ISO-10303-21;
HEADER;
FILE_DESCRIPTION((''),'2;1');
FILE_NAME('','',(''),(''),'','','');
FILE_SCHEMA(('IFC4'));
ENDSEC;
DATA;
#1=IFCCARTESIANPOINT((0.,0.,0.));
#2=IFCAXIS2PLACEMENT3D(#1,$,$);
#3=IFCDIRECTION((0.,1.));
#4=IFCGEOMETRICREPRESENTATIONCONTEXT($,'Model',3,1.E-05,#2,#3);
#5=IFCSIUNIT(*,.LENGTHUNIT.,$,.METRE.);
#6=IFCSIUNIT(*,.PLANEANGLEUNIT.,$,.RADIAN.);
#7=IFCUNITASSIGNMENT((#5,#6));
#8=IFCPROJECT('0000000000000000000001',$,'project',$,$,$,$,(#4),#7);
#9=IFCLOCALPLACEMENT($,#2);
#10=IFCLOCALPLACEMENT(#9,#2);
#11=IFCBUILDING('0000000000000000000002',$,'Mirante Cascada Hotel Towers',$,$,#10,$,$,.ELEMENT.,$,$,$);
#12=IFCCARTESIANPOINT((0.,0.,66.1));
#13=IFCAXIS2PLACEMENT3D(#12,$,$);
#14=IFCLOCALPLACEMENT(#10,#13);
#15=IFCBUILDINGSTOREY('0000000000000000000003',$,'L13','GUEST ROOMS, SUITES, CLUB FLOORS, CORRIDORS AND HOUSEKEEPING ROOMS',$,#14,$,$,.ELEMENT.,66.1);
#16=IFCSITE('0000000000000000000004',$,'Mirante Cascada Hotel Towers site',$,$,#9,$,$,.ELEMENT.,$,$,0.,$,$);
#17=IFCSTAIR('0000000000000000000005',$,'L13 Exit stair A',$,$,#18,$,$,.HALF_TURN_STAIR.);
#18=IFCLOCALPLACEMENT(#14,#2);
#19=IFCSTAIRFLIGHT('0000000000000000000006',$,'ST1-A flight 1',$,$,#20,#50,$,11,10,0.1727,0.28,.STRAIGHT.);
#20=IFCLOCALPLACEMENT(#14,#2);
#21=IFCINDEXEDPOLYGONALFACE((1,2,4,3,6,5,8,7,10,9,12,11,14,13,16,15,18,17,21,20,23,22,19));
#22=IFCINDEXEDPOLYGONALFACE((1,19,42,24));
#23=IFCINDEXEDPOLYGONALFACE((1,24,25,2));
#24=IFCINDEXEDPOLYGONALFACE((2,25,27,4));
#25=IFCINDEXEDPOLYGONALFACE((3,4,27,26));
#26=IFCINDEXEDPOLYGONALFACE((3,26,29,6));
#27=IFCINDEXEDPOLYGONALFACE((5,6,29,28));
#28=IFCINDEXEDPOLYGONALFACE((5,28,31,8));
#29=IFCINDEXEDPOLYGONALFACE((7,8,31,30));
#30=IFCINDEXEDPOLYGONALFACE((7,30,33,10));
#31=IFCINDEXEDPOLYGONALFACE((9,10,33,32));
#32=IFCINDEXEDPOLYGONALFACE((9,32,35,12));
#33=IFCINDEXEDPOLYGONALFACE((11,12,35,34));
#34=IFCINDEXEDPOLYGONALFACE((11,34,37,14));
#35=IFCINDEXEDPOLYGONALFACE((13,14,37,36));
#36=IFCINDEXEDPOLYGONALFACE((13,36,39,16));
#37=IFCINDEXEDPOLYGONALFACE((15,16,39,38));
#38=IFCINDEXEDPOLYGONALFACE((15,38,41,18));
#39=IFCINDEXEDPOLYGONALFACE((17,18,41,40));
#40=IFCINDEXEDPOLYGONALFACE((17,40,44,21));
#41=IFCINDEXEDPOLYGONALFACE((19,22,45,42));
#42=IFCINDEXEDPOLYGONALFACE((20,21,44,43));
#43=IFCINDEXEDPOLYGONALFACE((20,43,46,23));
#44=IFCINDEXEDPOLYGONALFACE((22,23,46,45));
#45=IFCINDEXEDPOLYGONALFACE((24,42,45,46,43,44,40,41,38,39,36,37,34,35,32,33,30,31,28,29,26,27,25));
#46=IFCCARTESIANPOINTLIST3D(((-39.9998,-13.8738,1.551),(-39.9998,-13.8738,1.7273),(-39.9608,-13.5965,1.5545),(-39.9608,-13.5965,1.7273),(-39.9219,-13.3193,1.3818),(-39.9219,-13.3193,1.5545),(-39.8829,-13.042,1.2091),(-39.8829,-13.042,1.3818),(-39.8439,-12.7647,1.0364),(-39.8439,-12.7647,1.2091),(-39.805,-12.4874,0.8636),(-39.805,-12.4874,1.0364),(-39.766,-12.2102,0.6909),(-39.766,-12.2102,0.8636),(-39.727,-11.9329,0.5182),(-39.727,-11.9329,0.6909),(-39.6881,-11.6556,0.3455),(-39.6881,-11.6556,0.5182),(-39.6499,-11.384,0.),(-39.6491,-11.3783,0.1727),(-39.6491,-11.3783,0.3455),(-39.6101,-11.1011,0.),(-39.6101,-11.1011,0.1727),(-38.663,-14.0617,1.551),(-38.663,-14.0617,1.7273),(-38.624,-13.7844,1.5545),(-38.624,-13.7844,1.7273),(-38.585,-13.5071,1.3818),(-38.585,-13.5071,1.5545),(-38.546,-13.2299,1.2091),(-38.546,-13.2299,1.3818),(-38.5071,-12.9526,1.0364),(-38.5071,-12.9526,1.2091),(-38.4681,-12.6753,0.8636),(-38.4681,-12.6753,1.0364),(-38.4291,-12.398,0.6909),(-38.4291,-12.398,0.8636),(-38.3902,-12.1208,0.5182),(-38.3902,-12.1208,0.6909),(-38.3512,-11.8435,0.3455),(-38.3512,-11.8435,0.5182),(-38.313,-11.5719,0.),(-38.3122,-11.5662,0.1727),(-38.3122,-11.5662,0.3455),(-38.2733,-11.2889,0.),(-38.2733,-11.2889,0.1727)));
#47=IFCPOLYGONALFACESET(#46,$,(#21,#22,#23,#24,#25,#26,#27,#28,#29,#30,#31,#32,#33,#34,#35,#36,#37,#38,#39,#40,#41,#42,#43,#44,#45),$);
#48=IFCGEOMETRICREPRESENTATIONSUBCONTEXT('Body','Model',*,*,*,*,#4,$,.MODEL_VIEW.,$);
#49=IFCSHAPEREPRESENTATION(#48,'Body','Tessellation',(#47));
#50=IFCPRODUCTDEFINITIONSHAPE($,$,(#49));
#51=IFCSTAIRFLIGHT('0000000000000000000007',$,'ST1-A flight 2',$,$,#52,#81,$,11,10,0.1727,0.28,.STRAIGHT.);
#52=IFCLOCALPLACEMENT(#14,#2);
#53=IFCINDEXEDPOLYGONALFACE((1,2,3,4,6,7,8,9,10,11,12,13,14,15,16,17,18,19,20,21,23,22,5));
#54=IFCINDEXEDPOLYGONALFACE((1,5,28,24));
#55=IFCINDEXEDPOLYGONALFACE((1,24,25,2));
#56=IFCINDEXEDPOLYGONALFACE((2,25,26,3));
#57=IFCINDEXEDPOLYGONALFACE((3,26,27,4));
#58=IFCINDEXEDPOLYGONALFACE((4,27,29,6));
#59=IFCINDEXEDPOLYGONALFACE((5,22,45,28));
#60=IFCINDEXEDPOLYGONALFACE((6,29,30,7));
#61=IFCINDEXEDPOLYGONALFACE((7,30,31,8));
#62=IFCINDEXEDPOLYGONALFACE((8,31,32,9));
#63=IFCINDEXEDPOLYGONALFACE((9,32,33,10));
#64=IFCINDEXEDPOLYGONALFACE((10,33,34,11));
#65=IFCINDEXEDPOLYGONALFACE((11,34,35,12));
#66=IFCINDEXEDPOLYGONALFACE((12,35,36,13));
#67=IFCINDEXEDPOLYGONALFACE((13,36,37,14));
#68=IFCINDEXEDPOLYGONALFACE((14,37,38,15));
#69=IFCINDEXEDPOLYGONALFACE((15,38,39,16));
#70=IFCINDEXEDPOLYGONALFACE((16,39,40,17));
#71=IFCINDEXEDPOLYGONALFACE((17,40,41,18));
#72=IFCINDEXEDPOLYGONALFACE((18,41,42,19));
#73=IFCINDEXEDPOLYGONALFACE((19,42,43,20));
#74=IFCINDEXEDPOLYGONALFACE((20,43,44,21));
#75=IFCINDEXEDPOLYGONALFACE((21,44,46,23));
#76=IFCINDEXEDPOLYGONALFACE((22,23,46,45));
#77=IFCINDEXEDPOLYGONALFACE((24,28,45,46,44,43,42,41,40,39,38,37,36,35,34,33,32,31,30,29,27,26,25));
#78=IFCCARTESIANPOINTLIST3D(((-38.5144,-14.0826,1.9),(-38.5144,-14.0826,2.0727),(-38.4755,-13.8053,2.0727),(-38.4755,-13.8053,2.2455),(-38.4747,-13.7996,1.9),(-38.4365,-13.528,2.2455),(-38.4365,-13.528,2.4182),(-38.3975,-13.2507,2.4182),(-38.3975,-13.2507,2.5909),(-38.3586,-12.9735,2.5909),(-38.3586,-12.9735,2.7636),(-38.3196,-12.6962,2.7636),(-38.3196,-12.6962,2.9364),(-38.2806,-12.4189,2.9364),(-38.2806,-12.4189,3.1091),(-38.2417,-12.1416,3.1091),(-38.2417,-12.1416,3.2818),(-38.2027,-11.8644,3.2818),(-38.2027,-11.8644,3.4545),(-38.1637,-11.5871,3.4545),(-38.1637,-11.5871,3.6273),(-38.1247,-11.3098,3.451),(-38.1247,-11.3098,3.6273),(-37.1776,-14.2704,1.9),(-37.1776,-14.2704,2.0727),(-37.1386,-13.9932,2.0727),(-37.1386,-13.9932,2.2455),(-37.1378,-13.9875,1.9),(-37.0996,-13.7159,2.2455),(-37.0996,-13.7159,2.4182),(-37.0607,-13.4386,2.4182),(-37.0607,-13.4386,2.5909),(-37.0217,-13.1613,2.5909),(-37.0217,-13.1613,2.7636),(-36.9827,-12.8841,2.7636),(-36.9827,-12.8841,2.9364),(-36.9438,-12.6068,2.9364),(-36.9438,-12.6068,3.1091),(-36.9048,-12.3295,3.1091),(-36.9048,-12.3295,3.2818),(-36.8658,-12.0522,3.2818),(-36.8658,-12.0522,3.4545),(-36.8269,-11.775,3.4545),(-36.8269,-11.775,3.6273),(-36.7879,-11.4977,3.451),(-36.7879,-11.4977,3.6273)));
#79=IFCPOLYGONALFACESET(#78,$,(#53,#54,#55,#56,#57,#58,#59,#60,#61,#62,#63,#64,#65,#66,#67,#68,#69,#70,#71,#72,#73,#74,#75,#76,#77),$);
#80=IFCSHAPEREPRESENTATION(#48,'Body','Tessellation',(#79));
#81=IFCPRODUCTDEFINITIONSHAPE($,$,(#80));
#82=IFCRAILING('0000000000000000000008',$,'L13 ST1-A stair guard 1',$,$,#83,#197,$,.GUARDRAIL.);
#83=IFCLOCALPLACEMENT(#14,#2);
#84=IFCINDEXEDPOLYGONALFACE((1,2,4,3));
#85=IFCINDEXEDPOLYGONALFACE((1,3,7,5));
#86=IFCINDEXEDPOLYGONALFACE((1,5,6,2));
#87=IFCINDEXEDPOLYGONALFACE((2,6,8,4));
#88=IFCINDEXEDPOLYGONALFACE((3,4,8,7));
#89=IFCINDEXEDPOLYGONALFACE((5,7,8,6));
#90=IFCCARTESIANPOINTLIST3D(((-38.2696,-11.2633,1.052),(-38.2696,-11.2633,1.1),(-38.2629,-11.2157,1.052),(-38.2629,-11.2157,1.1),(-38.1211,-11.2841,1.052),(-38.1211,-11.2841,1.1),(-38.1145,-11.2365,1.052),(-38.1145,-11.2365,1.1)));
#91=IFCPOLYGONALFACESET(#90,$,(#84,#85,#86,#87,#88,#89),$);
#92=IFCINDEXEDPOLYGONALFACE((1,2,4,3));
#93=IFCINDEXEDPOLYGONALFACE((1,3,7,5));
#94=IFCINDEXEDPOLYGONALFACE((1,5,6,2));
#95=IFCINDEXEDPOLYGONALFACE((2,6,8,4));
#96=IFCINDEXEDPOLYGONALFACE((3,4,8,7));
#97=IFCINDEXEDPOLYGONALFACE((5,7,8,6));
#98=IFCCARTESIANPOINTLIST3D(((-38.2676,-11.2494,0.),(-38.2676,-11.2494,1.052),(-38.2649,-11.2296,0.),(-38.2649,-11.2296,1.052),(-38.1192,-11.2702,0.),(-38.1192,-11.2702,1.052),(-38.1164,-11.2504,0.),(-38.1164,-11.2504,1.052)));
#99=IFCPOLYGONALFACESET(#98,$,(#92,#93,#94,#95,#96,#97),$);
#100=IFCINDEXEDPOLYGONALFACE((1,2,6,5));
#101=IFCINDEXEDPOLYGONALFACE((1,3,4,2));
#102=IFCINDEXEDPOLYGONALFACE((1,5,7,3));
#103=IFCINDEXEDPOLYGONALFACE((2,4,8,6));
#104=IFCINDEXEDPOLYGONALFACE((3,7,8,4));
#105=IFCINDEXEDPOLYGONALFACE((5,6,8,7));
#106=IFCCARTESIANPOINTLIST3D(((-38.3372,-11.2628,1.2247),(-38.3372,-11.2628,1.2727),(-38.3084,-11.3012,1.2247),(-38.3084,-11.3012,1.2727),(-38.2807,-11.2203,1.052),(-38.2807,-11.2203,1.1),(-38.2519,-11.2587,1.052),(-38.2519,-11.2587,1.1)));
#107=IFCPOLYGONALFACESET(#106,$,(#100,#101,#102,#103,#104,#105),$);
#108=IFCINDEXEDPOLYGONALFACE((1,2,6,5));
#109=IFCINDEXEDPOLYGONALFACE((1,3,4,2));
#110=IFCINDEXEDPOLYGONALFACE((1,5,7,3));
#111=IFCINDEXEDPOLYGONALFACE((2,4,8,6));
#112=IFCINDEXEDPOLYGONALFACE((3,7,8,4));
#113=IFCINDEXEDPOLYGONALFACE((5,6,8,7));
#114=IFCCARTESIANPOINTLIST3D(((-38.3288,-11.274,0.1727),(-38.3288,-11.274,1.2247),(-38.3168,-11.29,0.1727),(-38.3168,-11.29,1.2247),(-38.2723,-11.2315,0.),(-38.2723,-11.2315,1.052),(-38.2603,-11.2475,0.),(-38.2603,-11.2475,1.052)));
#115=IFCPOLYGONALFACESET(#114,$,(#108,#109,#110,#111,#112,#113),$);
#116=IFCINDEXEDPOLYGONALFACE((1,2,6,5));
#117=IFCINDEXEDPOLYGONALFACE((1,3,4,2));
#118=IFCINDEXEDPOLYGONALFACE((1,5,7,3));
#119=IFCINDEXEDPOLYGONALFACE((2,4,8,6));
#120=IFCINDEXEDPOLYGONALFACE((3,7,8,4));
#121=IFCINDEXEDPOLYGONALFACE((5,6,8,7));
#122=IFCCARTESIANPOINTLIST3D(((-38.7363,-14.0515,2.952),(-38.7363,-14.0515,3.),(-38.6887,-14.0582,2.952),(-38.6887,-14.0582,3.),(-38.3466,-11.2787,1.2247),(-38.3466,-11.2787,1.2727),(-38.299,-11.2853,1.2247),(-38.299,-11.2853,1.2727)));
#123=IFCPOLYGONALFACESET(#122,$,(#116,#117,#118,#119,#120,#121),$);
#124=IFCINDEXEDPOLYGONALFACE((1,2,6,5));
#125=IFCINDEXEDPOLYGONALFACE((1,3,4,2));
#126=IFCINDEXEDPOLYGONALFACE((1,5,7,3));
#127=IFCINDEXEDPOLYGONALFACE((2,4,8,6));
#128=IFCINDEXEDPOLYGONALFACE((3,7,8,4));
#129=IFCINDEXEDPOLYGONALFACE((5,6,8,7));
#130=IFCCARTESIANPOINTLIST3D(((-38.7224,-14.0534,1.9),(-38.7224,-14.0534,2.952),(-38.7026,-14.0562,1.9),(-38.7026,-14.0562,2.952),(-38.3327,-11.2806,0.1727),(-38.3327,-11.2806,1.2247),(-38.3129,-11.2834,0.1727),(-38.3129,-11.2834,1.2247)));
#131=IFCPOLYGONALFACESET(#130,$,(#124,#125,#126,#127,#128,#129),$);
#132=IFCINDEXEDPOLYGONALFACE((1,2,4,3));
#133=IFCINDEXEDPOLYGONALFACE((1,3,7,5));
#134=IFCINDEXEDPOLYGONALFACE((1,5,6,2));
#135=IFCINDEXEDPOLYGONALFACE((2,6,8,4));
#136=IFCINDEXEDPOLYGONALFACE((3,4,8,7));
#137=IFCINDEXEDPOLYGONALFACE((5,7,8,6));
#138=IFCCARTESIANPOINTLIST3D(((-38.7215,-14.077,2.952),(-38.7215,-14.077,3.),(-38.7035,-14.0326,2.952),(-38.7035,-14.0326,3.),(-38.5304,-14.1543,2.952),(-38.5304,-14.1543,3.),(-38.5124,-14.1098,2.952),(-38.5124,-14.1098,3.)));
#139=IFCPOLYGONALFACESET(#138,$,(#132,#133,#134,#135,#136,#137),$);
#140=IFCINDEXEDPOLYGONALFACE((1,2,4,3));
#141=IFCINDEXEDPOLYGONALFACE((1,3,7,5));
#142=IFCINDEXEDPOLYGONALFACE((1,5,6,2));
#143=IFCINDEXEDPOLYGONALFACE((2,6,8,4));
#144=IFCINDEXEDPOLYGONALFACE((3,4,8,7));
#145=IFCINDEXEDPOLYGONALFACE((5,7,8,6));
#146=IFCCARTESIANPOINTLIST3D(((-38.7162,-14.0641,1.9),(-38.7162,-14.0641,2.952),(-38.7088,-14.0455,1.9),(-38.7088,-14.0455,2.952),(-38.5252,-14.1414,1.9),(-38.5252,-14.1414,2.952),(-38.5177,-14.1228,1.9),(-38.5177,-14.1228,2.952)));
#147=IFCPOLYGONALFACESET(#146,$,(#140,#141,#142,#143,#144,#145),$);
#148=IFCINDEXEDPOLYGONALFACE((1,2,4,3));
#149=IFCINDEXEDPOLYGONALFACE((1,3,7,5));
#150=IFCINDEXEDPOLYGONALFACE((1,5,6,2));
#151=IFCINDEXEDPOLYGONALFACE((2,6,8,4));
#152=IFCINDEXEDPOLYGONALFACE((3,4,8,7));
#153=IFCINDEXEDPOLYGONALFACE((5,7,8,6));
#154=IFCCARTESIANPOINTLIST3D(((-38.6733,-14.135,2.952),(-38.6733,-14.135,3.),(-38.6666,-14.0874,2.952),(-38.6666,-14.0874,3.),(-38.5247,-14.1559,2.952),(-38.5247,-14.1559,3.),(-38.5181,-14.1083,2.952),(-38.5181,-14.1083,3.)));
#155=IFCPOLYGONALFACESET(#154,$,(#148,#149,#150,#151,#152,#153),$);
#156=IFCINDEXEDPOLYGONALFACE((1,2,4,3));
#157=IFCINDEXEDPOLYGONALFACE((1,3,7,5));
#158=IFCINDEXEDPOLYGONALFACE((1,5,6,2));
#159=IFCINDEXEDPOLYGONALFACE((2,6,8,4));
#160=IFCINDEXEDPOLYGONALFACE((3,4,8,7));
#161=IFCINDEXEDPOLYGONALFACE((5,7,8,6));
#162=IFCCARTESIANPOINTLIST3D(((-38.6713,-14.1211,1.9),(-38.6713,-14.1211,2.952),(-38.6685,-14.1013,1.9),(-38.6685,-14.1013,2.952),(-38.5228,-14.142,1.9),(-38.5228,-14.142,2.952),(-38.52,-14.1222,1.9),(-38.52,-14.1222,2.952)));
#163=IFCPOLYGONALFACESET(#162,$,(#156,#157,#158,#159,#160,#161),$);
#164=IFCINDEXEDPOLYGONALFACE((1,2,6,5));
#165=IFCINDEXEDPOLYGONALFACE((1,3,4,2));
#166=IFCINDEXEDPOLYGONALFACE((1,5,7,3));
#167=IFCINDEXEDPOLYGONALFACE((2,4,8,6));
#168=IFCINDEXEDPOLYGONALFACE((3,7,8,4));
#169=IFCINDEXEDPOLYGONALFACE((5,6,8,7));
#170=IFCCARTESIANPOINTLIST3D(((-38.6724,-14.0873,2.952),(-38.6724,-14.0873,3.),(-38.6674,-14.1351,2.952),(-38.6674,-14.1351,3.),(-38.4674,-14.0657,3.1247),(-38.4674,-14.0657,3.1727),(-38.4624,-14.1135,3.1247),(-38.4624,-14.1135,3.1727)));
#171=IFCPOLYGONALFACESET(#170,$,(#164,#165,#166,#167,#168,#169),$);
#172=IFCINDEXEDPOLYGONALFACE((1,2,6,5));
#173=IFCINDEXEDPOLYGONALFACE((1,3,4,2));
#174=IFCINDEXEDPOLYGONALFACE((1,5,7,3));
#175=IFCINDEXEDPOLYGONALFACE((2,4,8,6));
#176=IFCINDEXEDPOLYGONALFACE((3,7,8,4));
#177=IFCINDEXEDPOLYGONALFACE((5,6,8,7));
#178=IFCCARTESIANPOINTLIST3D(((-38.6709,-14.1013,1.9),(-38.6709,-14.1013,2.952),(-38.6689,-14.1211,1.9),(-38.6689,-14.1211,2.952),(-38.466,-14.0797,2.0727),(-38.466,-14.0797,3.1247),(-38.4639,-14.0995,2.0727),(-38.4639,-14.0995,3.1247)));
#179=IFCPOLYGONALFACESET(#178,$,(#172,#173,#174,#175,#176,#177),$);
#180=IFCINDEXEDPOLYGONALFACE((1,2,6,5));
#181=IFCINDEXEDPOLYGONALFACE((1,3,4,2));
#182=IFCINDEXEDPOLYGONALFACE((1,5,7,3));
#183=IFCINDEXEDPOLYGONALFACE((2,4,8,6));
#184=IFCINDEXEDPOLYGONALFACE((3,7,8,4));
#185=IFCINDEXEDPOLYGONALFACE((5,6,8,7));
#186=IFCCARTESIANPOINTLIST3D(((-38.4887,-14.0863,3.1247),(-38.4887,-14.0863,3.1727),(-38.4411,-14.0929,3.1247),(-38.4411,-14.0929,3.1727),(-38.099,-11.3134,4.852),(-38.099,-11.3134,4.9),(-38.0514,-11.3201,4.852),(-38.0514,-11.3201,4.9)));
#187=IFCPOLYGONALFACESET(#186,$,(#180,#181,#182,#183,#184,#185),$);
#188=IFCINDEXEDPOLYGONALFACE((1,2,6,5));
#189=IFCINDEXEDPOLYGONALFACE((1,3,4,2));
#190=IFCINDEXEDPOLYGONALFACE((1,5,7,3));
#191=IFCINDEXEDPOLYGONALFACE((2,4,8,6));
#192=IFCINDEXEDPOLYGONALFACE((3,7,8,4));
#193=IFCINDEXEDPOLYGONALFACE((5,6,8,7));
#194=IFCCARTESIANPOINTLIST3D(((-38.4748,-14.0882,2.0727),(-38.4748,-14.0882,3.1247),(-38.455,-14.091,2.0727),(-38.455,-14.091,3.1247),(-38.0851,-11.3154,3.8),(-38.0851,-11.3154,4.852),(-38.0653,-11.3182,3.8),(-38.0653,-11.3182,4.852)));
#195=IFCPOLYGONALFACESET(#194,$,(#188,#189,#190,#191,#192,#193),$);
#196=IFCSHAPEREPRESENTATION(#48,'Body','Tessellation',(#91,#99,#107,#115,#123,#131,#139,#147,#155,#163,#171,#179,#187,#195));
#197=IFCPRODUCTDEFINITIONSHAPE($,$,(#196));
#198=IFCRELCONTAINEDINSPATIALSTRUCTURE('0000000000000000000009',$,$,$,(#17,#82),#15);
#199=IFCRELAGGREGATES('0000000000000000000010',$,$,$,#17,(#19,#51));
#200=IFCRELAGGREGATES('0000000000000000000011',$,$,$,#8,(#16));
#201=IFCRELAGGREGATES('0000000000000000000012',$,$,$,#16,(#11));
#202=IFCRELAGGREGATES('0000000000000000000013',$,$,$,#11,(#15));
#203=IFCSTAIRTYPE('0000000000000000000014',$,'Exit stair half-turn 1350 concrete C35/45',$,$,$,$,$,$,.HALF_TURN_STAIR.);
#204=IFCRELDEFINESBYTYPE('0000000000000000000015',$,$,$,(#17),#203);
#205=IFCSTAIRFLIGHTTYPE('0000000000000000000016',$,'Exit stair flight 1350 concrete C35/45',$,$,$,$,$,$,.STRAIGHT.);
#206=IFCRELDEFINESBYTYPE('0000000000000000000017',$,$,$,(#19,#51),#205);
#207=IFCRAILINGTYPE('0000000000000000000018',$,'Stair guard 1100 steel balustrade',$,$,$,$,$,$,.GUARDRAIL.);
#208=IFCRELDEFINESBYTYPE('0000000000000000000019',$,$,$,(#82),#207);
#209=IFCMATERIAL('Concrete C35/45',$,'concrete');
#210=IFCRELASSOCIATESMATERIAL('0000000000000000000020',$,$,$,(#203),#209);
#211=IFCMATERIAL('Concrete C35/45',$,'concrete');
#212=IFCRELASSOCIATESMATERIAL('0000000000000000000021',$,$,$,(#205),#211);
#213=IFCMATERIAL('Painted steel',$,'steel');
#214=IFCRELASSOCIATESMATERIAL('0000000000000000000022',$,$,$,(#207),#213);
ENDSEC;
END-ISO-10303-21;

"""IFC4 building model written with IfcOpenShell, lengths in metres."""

from ifc_helpers import new_model, si_unit, direction, frame, origin, origin_2d, place, context, subcontext, project, spatial, polyline, rectangle, outline, extrude, material, type_object, element, aggregate, save


model = new_model("IFC4")

# Units and contexts
model_context = context("Model", 3, precision=1e-05, world=origin(), true_north=direction((0.0, 1.0)))
body_context = subcontext(model_context, "Body", "Model", "MODEL_VIEW")
ifc_project = project(units=[si_unit("LENGTHUNIT", "METRE"), si_unit("PLANEANGLEUNIT", "RADIAN")], contexts=[model_context])

# Site, building, storey
site_placement = place(None, origin())
site = spatial("IfcSite", under=ifc_project, at=site_placement, Name="Mirante Cascada Hotel Towers site", CompositionType="ELEMENT", RefElevation=0.0)
building_placement = place(site_placement, origin())
building = spatial("IfcBuilding", under=site, at=building_placement, Name="Mirante Cascada Hotel Towers", CompositionType="ELEMENT")
storey_placement = place(building_placement, frame((0.0, 0.0, 66.1)))
storey = spatial("IfcBuildingStorey", under=building, at=storey_placement, Name="L13", Description="GUEST ROOMS, SUITES, CLUB FLOORS, CORRIDORS AND HOUSEKEEPING ROOMS", CompositionType="ELEMENT", Elevation=66.1)

# Stair, stair flights
ifc_material_1 = material(Name="Concrete C35/45", Category="concrete")
stair_type = type_object("IfcStairType", Name="Exit stair half-turn 1350 concrete C35/45", PredefinedType="HALF_TURN_STAIR", material=ifc_material_1)
stair_placement = place(storey_placement, origin())
stair = element("IfcStair", 1, at=stair_placement, inside=storey, type_object=stair_type, Name="L13 Exit stair A", PredefinedType="HALF_TURN_STAIR")
ifc_material_2 = material(Name="Concrete C35/45", Category="concrete")
stair_flight_type = type_object("IfcStairFlightType", Name="Exit stair flight 1350 concrete C35/45", PredefinedType="STRAIGHT", material=ifc_material_2)
stair_flight_1_placement = place(storey_placement, frame((-38.9417, -11.195, 0.0), z_axis=(0.0, 0.0, 1.0), x_axis=(-0.139173, -0.990268, 0.0)))
stair_flight_1 = element("IfcStairFlight", 2, at=stair_flight_1_placement, type_object=stair_flight_type, Name="ST1-A flight 1", NumberOfRisers=11, NumberOfTreads=10, PredefinedType="STRAIGHT", RiserHeight=0.1727, TreadLength=0.28, context=body_context, shape_type="SweptSolid", body=[
    extrude(outline(polyline([(0.0, 0.0), (0.0, 0.1727), (0.28, 0.1727), (0.28, 0.3455), (0.56, 0.3455), (0.56, 0.5182), (0.84, 0.5182), (0.84, 0.6909), (1.12, 0.6909), (1.12, 0.8636), (1.4, 0.8636), (1.4, 1.0364), (1.68, 1.0364), (1.68, 1.2091), (1.96, 1.2091), (1.96, 1.3818), (2.24, 1.3818), (2.24, 1.5545), (2.52, 1.5545), (2.52, 1.7273), (2.8, 1.7273), (2.8, 1.9), (2.8, 1.551), (0.2857, 0.0), (0.0, 0.0)])), frame((0.0, 0.675, 0.0), z_axis=(0.0, -1.0, 0.0), x_axis=(1.0, 0.0, 0.0)), (0.0, 0.0, 1.0), 1.35),
])
stair_flight_2_placement = place(storey_placement, frame((-37.846, -14.1765, 1.9), z_axis=(0.0, 0.0, 1.0), x_axis=(0.139173, 0.990268, 0.0)))
stair_flight_2 = element("IfcStairFlight", 3, at=stair_flight_2_placement, type_object=stair_flight_type, Name="ST1-A flight 2", NumberOfRisers=11, NumberOfTreads=10, PredefinedType="STRAIGHT", RiserHeight=0.1727, TreadLength=0.28, context=body_context, shape_type="SweptSolid", body=[
    extrude(outline(polyline([(0.0, 0.0), (0.0, 0.1727), (0.28, 0.1727), (0.28, 0.3455), (0.56, 0.3455), (0.56, 0.5182), (0.84, 0.5182), (0.84, 0.6909), (1.12, 0.6909), (1.12, 0.8636), (1.4, 0.8636), (1.4, 1.0364), (1.68, 1.0364), (1.68, 1.2091), (1.96, 1.2091), (1.96, 1.3818), (2.24, 1.3818), (2.24, 1.5545), (2.52, 1.5545), (2.52, 1.7273), (2.8, 1.7273), (2.8, 1.9), (2.8, 1.551), (0.2857, 0.0), (0.0, 0.0)])), frame((0.0, 0.675, 0.0), z_axis=(0.0, -1.0, 0.0), x_axis=(1.0, 0.0, 0.0)), (0.0, 0.0, 1.0), 1.35),
])
aggregate(stair, [stair_flight_1, stair_flight_2])

# Railing
ifc_material_3 = material(Name="Painted steel", Category="steel")
railing_type_1 = type_object("IfcRailingType", Name="Stair guard 1100 steel balustrade", PredefinedType="GUARDRAIL", material=ifc_material_3)
railing_1_placement = place(storey_placement, frame((-38.1178, -11.2603, 0.0)))
element("IfcRailing", 4, at=railing_1_placement, inside=storey, type_object=railing_type_1, Name="L13 ST1-A stair guard 1", PredefinedType="GUARDRAIL", context=body_context, shape_type="SweptSolid", body=[
    extrude(rectangle(XDim=0.048, YDim=0.048, at=origin_2d()), frame((0.0, 0.0, 1.076), z_axis=(-0.990333, 0.138713, 0.0), x_axis=(-0.138713, -0.990333, 0.0)), (0.0, 0.0, 1.0), 0.1499),
    extrude(rectangle(XDim=0.02, YDim=1.052, at=origin_2d()), frame((0.0, 0.0, 0.526), z_axis=(-0.990333, 0.138713, 0.0), x_axis=(-0.138713, -0.990333, 0.0)), (0.0, 0.0, 1.0), 0.1499),
    extrude(rectangle(XDim=0.048, YDim=0.048, at=origin_2d()), frame((-0.1485, 0.0208, 1.076), z_axis=(-0.79915, -0.601131, 0.0), x_axis=(0.601131, -0.79915, 0.0)), (0.0, 0.925453, 0.378863), 0.1866),
    extrude(rectangle(XDim=0.02, YDim=1.052, at=origin_2d()), frame((-0.1485, 0.0208, 0.526), z_axis=(-0.79915, -0.601131, 0.0), x_axis=(0.601131, -0.79915, 0.0)), (0.0, 0.925453, 0.378863), 0.1866),
    extrude(rectangle(XDim=0.048, YDim=0.048, at=origin_2d()), frame((-0.205, -0.0217, 1.2487), z_axis=(-0.139176, -0.990268, 0.0), x_axis=(0.990268, -0.139176, 0.0)), (0.0, 0.525021, 0.851089), 3.29),
    extrude(rectangle(XDim=0.02, YDim=1.052, at=origin_2d()), frame((-0.205, -0.0217, 0.6987), z_axis=(-0.139176, -0.990268, 0.0), x_axis=(0.990268, -0.139176, 0.0)), (0.0, 0.525021, 0.851089), 3.29),
    extrude(rectangle(XDim=0.048, YDim=0.048, at=origin_2d()), frame((-0.5947, -2.7945, 2.976), z_axis=(0.927031, -0.374984, 0.0), x_axis=(0.374984, 0.927031, 0.0)), (0.0, 0.0, 1.0), 0.2061),
    extrude(rectangle(XDim=0.02, YDim=1.052, at=origin_2d()), frame((-0.5947, -2.7945, 2.426), z_axis=(0.927031, -0.374984, 0.0), x_axis=(0.374984, 0.927031, 0.0)), (0.0, 0.0, 1.0), 0.2061),
    extrude(rectangle(XDim=0.048, YDim=0.048, at=origin_2d()), frame((-0.4036, -2.8718, 2.976), z_axis=(-0.990241, 0.139367, 0.0), x_axis=(-0.139367, -0.990241, 0.0)), (0.0, 0.0, 1.0), 0.15),
    extrude(rectangle(XDim=0.02, YDim=1.052, at=origin_2d()), frame((-0.4036, -2.8718, 2.426), z_axis=(-0.990241, 0.139367, 0.0), x_axis=(-0.139367, -0.990241, 0.0)), (0.0, 0.0, 1.0), 0.15),
    extrude(rectangle(XDim=0.048, YDim=0.048, at=origin_2d()), frame((-0.5521, -2.8509, 2.976), z_axis=(0.994495, 0.104786, 0.0), x_axis=(-0.104786, 0.994495, 0.0)), (0.0, 0.642203, 0.766534), 0.2689),
    extrude(rectangle(XDim=0.02, YDim=1.052, at=origin_2d()), frame((-0.5521, -2.8509, 2.426), z_axis=(0.994495, 0.104786, 0.0), x_axis=(-0.104786, 0.994495, 0.0)), (0.0, 0.642203, 0.766534), 0.2689),
    extrude(rectangle(XDim=0.048, YDim=0.048, at=origin_2d()), frame((-0.3471, -2.8293, 3.1487), z_axis=(0.139176, 0.990268, 0.0), x_axis=(-0.990268, 0.139176, 0.0)), (0.0, 0.525021, 0.851089), 3.29),
    extrude(rectangle(XDim=0.02, YDim=1.052, at=origin_2d()), frame((-0.3471, -2.8293, 2.5987), z_axis=(0.139176, 0.990268, 0.0), x_axis=(-0.990268, 0.139176, 0.0)), (0.0, 0.525021, 0.851089), 3.29),
])

save(model, "model.ifc")
